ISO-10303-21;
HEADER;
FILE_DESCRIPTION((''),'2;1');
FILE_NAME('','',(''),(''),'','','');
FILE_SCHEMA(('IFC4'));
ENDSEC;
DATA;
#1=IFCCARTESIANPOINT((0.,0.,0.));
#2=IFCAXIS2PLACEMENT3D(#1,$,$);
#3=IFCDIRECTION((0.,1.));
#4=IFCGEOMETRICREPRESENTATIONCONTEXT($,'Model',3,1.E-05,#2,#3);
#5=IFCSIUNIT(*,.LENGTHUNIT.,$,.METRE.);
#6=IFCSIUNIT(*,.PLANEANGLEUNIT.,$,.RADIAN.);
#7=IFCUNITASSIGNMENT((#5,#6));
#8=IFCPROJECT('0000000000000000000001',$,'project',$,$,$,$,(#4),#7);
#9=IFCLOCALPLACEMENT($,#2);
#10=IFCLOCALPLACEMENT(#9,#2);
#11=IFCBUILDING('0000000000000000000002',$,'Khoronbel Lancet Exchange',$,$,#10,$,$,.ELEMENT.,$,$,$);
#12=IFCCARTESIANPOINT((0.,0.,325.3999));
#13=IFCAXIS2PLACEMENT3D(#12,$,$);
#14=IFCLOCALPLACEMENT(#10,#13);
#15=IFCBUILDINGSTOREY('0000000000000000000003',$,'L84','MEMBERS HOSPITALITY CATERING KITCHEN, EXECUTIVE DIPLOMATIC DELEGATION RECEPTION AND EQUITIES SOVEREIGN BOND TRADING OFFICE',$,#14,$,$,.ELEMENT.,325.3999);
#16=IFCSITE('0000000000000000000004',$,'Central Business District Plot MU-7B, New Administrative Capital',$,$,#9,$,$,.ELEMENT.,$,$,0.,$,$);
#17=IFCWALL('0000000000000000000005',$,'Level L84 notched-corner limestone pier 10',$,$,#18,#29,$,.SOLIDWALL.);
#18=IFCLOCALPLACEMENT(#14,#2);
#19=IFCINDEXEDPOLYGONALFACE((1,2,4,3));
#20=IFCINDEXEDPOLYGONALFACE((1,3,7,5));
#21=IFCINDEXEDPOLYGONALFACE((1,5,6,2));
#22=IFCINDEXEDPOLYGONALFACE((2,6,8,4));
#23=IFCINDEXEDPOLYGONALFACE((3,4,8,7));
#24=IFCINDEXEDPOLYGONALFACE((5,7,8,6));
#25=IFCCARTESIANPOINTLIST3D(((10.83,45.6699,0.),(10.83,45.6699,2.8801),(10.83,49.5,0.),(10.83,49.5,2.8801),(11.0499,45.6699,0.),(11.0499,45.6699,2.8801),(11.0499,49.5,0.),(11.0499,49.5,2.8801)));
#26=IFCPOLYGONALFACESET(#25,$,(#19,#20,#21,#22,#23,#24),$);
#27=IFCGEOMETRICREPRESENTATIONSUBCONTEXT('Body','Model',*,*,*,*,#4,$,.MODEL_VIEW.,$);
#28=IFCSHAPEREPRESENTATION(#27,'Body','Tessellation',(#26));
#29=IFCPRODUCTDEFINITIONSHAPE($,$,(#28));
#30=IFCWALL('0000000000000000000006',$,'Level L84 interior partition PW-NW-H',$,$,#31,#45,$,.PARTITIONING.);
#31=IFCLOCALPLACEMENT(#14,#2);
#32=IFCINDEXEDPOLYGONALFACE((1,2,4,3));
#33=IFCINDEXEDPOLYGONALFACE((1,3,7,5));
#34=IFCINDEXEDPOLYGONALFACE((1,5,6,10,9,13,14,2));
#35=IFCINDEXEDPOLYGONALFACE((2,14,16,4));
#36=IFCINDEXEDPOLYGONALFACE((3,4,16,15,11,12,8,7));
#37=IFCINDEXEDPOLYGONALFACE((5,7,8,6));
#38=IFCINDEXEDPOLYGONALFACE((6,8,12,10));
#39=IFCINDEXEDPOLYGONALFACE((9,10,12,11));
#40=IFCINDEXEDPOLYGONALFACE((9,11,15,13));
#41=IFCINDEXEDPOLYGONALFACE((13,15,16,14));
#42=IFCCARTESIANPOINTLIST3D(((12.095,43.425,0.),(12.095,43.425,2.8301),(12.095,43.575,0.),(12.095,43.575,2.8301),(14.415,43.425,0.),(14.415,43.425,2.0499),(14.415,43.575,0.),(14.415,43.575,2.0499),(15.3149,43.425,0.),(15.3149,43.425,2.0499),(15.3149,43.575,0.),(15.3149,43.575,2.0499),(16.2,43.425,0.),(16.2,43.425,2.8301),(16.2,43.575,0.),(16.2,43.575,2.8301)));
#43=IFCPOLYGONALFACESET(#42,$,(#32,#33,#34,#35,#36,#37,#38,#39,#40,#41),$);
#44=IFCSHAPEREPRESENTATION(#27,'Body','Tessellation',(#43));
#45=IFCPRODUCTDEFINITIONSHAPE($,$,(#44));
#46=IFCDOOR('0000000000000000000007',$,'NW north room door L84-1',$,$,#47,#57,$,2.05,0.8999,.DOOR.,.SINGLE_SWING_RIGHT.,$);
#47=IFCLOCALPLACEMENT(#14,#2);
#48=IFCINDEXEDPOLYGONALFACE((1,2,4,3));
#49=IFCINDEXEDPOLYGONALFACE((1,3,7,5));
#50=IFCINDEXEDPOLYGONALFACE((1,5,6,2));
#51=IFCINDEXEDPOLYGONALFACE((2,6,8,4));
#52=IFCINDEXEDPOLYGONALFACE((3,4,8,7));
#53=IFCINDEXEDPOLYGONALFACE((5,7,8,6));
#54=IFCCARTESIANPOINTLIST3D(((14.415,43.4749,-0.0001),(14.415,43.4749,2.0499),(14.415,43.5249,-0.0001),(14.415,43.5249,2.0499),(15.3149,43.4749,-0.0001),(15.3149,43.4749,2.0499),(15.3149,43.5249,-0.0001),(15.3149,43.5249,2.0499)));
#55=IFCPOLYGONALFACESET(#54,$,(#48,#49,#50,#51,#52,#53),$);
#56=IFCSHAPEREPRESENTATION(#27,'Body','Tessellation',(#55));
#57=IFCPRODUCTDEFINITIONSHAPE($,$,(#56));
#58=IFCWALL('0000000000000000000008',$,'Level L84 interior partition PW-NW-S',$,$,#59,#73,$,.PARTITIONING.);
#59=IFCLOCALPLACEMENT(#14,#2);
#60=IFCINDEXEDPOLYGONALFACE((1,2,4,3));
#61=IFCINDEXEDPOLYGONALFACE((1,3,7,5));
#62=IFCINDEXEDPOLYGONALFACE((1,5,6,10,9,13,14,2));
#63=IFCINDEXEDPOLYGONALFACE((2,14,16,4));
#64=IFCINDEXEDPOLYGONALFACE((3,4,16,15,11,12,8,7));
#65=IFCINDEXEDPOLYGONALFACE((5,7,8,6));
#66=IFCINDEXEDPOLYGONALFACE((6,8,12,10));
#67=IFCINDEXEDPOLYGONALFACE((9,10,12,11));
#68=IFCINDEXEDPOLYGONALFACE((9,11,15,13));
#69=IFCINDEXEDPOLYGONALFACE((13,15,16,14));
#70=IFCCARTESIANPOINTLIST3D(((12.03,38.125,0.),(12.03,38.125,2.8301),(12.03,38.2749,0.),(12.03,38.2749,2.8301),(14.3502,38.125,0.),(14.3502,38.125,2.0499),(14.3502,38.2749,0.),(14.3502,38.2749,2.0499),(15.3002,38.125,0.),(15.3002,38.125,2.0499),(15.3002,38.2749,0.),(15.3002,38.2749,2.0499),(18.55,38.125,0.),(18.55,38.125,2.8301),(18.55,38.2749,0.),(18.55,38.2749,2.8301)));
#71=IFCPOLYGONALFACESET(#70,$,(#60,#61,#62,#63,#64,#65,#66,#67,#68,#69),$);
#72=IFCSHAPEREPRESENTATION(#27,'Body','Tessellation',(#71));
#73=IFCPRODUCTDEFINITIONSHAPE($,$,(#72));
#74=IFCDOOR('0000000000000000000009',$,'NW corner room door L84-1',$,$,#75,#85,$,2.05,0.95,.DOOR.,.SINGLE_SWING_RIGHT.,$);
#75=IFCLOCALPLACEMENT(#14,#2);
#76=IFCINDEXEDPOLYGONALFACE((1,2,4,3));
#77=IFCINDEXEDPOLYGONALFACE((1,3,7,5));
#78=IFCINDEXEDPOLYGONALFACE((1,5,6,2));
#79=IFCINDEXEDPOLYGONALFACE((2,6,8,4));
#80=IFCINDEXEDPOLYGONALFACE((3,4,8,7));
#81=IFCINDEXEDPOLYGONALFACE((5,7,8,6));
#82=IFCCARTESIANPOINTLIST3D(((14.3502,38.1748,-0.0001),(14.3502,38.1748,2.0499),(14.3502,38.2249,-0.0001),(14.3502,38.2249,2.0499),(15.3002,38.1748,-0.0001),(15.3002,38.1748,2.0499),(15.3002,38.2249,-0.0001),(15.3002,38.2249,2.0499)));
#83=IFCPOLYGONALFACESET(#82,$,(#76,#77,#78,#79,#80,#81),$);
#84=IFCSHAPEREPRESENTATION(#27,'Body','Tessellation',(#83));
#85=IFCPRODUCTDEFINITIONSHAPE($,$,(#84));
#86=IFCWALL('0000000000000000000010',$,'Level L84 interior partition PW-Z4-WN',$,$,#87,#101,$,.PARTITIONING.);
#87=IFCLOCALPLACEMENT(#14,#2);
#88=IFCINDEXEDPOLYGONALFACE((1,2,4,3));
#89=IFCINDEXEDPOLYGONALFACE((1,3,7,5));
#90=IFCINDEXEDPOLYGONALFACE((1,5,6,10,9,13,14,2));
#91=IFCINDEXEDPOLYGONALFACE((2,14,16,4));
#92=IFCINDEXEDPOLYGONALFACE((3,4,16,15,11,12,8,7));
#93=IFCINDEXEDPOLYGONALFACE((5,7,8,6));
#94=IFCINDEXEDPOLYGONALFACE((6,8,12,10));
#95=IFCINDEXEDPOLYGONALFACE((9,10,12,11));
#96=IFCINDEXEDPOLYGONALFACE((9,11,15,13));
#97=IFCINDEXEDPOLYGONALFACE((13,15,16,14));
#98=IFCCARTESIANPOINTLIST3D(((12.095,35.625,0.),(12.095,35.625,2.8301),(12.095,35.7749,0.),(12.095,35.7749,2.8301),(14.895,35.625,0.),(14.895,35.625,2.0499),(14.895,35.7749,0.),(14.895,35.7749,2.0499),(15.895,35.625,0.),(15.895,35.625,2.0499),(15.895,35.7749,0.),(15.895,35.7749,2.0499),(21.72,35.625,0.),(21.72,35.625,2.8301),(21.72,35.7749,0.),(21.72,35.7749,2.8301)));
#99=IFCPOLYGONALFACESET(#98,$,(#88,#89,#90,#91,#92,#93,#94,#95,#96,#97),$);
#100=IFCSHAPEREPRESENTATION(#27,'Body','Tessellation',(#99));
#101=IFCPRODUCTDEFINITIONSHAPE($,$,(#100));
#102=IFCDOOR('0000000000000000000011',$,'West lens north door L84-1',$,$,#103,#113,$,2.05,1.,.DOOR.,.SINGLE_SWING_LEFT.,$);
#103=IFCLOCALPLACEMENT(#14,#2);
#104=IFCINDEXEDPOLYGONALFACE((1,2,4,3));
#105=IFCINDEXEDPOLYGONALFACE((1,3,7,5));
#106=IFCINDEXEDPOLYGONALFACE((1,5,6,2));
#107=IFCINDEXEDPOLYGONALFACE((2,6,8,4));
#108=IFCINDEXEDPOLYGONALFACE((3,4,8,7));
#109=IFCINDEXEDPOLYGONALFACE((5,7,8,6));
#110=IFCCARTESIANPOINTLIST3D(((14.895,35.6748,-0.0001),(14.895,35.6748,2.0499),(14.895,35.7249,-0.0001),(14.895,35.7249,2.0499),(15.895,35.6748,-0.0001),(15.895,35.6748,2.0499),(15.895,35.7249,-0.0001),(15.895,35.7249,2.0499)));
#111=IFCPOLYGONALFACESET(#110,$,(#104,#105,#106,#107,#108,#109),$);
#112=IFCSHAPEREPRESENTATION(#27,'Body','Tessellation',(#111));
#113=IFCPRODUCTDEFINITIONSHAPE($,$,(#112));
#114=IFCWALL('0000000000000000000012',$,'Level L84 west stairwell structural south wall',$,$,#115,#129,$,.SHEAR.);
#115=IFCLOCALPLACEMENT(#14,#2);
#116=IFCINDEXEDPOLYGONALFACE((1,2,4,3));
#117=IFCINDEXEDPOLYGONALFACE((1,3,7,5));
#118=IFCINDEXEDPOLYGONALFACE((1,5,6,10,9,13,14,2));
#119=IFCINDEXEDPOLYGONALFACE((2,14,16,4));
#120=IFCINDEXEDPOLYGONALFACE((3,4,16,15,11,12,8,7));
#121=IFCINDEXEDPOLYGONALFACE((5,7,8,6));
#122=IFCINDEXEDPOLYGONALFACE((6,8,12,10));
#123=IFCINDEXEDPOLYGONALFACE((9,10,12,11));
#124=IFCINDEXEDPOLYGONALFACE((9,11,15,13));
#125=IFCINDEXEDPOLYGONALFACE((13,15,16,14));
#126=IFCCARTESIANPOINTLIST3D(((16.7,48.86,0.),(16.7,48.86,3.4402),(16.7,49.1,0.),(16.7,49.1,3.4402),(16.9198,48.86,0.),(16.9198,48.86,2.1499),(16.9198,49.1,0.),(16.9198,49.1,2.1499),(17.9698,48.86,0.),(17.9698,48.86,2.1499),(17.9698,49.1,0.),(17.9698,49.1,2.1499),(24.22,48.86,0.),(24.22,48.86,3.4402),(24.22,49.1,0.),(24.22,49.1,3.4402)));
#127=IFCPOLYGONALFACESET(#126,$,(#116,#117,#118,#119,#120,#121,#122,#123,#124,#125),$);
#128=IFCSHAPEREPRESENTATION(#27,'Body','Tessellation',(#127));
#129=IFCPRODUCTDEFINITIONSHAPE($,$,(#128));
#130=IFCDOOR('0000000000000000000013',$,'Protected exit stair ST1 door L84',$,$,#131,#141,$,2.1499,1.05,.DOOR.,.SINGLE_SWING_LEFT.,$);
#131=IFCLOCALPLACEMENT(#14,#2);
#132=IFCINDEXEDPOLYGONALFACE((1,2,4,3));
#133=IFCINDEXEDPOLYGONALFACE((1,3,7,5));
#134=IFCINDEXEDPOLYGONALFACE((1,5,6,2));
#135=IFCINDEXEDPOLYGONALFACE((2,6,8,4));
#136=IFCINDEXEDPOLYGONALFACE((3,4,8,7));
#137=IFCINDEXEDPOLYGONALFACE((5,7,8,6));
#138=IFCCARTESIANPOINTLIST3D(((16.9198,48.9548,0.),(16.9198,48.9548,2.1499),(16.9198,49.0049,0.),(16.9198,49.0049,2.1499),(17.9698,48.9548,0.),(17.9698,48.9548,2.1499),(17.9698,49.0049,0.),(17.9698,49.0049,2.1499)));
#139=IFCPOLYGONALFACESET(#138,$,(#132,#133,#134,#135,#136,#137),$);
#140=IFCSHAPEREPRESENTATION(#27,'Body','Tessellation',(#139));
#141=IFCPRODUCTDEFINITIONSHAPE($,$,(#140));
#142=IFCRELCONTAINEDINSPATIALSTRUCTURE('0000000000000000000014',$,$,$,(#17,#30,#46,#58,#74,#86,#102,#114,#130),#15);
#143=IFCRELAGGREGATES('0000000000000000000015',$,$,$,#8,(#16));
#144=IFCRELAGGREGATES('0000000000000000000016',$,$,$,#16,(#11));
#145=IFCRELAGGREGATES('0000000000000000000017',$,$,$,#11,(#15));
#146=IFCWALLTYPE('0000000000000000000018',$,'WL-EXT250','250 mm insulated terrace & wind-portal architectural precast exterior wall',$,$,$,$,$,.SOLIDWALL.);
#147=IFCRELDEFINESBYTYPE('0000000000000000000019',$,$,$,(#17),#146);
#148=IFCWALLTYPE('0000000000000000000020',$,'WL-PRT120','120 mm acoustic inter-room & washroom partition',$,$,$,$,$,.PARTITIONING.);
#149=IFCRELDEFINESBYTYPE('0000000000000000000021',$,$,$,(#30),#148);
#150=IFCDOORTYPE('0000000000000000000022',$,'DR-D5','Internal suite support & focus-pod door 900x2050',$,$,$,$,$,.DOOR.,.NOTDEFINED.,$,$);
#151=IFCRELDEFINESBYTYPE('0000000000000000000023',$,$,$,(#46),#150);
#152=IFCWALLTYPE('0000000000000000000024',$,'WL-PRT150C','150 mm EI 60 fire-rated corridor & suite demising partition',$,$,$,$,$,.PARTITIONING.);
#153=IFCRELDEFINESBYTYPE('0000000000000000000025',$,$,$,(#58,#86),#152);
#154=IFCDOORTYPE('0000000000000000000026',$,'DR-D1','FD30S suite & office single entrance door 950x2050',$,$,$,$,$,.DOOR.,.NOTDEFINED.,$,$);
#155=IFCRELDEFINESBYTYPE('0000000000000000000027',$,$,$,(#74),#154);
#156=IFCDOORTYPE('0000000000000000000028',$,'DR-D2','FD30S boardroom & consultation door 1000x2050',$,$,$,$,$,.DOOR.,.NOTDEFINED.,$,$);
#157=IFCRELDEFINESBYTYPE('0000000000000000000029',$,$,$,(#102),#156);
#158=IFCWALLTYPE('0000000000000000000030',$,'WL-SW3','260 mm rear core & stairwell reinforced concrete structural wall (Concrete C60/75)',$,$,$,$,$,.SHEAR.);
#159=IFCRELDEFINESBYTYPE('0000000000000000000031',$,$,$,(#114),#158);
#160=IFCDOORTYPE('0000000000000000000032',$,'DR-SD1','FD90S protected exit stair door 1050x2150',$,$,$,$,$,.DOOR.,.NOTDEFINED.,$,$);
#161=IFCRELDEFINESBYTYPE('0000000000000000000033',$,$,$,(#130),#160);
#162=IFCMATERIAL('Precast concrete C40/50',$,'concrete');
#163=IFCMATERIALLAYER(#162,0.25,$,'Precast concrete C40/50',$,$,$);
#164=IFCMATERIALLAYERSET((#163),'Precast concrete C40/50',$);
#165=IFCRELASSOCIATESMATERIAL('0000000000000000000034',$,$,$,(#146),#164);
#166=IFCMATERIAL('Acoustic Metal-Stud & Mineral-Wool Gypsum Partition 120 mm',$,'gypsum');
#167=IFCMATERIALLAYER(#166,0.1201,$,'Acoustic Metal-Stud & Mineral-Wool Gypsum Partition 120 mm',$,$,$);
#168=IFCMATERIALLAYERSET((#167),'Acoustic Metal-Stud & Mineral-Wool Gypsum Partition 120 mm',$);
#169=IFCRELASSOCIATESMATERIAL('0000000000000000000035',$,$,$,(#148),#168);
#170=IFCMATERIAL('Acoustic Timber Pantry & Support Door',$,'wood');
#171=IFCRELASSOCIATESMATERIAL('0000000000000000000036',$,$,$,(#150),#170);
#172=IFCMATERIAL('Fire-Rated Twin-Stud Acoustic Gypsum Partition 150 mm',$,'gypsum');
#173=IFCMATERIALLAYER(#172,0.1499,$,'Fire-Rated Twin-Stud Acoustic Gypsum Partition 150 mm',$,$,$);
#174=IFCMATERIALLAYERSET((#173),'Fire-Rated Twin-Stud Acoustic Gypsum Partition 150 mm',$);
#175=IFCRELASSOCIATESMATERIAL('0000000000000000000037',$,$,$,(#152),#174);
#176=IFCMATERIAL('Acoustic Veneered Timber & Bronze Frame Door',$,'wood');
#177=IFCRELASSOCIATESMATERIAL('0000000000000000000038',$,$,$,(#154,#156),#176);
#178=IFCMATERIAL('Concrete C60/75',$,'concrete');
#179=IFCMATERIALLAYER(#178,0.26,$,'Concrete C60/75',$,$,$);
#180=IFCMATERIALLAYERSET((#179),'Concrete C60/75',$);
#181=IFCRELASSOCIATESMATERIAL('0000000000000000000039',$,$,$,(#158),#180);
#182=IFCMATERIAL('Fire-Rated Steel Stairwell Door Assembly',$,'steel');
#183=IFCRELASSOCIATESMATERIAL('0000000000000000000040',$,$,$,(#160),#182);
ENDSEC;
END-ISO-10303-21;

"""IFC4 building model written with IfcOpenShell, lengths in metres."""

from ifc_helpers import new_model, si_unit, direction, frame, frame_2d, origin, place, context, subcontext, project, spatial, rectangle, extrude, material, layer, layer_set, type_object, element, fill, save


model = new_model("IFC4")

# Units and contexts
model_context = context("Model", 3, precision=1e-05, world=origin(), true_north=direction((0.0, 1.0)))
body_context = subcontext(model_context, "Body", "Model", "MODEL_VIEW")
ifc_project = project(units=[si_unit("LENGTHUNIT", "METRE"), si_unit("PLANEANGLEUNIT", "RADIAN")], contexts=[model_context])

# Site, building, storey
site_placement = place(None, origin())
site = spatial("IfcSite", under=ifc_project, at=site_placement, Name="Central Business District Plot MU-7B, New Administrative Capital", CompositionType="ELEMENT", RefElevation=0.0)
building_placement = place(site_placement, origin())
building = spatial("IfcBuilding", under=site, at=building_placement, Name="Khoronbel Lancet Exchange", CompositionType="ELEMENT")
storey_placement = place(building_placement, frame((0.0, 0.0, 325.3999)))
storey = spatial("IfcBuildingStorey", under=building, at=storey_placement, Name="L84", Description="MEMBERS HOSPITALITY CATERING KITCHEN, EXECUTIVE DIPLOMATIC DELEGATION RECEPTION AND EQUITIES SOVEREIGN BOND TRADING OFFICE", CompositionType="ELEMENT", Elevation=325.3999)

# Wall
ifc_material_1 = material(Name="Concrete C60/75", Category="concrete")
ifc_material_2 = material(Name="Precast concrete C40/50", Category="concrete")
ifc_layer_1 = layer(ifc_material_2, 0.25, Name="Precast concrete C40/50")
ifc_layer_set_1 = layer_set([ifc_layer_1], Name="Precast concrete C40/50")
wall_type_1 = type_object("IfcWallType", Name="WL-EXT250", Description="250 mm insulated terrace & wind-portal architectural precast exterior wall", PredefinedType="SOLIDWALL", material=ifc_layer_set_1)
wall_1_placement = place(storey_placement, frame((10.9399, 45.6699, 0.0), z_axis=(0.0, 0.0, 1.0), x_axis=(0.0, 1.0, 0.0)))
element("IfcWall", 1, at=wall_1_placement, inside=storey, type_object=wall_type_1, Name="Level L84 notched-corner limestone pier 10", PredefinedType="SOLIDWALL", context=body_context, shape_type="SweptSolid", body=[
    extrude(rectangle(XDim=3.8301, YDim=0.22, at=frame_2d((1.915, 0.0))), origin(), (0.0, 0.0, 1.0), 2.8801),
])

# Walls, openings, doors
ifc_material_3 = material(Name="Acoustic Metal-Stud & Mineral-Wool Gypsum Partition 120 mm", Category="gypsum")
ifc_layer_2 = layer(ifc_material_3, 0.1201, Name="Acoustic Metal-Stud & Mineral-Wool Gypsum Partition 120 mm")
ifc_layer_set_2 = layer_set([ifc_layer_2], Name="Acoustic Metal-Stud & Mineral-Wool Gypsum Partition 120 mm")
wall_type_2 = type_object("IfcWallType", Name="WL-PRT120", Description="120 mm acoustic inter-room & washroom partition", PredefinedType="PARTITIONING", material=ifc_layer_set_2)
wall_2_placement = place(storey_placement, frame((12.095, 43.5, 0.0), z_axis=(0.0, 0.0, 1.0), x_axis=(1.0, 0.0, 0.0)))
wall_2 = element("IfcWall", 2, at=wall_2_placement, inside=storey, type_object=wall_type_2, Name="Level L84 interior partition PW-NW-H", PredefinedType="PARTITIONING", context=body_context, shape_type="SweptSolid", body=[
    extrude(rectangle(XDim=4.105, YDim=0.1499, at=frame_2d((2.0525, 0.0))), origin(), (0.0, 0.0, 1.0), 2.8301),
])
opening_1_placement = place(wall_2_placement, frame((2.3201, 0.0, 0.0)))
opening_1 = element("IfcOpeningElement", 3, at=opening_1_placement, cuts=wall_2, PredefinedType="OPENING", context=body_context, shape_type="SweptSolid", body=[
    extrude(rectangle(XDim=0.8999, YDim=2.05, at=frame_2d((0.45, 1.0249))), frame((0.0, 0.085, 0.0), z_axis=(0.0, -1.0, 0.0), x_axis=(1.0, 0.0, 0.0)), (0.0, 0.0, 1.0), 0.1699),
])
ifc_material_4 = material(Name="Acoustic Timber Pantry & Support Door", Category="wood")
door_type_1 = type_object("IfcDoorType", Name="DR-D5", Description="Internal suite support & focus-pod door 900x2050", OperationType="NOTDEFINED", PredefinedType="DOOR", material=ifc_material_4)
door_1_placement = place(opening_1_placement, origin())
door_1 = element("IfcDoor", 4, at=door_1_placement, inside=storey, type_object=door_type_1, Name="NW north room door L84-1", OperationType="SINGLE_SWING_RIGHT", OverallHeight=2.05, OverallWidth=0.8999, PredefinedType="DOOR", context=body_context, shape_type="SweptSolid", body=[
    extrude(rectangle(XDim=0.8999, YDim=2.05, at=frame_2d((0.45, 1.0249))), frame((0.0, 0.0249, 0.0), z_axis=(0.0, -1.0, 0.0), x_axis=(1.0, 0.0, 0.0)), (0.0, 0.0, 1.0), 0.05),
])
fill(opening_1, door_1)
ifc_material_5 = material(Name="Fire-Rated Twin-Stud Acoustic Gypsum Partition 150 mm", Category="gypsum")
ifc_layer_3 = layer(ifc_material_5, 0.1499, Name="Fire-Rated Twin-Stud Acoustic Gypsum Partition 150 mm")
ifc_layer_set_3 = layer_set([ifc_layer_3], Name="Fire-Rated Twin-Stud Acoustic Gypsum Partition 150 mm")
wall_type_3 = type_object("IfcWallType", Name="WL-PRT150C", Description="150 mm EI 60 fire-rated corridor & suite demising partition", PredefinedType="PARTITIONING", material=ifc_layer_set_3)
wall_3_placement = place(storey_placement, frame((12.03, 38.2, 0.0), z_axis=(0.0, 0.0, 1.0), x_axis=(1.0, 0.0, 0.0)))
wall_3 = element("IfcWall", 5, at=wall_3_placement, inside=storey, type_object=wall_type_3, Name="Level L84 interior partition PW-NW-S", PredefinedType="PARTITIONING", context=body_context, shape_type="SweptSolid", body=[
    extrude(rectangle(XDim=6.52, YDim=0.1499, at=frame_2d((3.26, 0.0))), origin(), (0.0, 0.0, 1.0), 2.8301),
])
opening_2_placement = place(wall_3_placement, frame((2.3201, 0.0, 0.0)))
opening_2 = element("IfcOpeningElement", 6, at=opening_2_placement, cuts=wall_3, PredefinedType="OPENING", context=body_context, shape_type="SweptSolid", body=[
    extrude(rectangle(XDim=0.95, YDim=2.05, at=frame_2d((0.4751, 1.0249))), frame((0.0, 0.085, 0.0), z_axis=(0.0, -1.0, 0.0), x_axis=(1.0, 0.0, 0.0)), (0.0, 0.0, 1.0), 0.1699),
])
ifc_material_6 = material(Name="Acoustic Veneered Timber & Bronze Frame Door", Category="wood")
door_type_2 = type_object("IfcDoorType", Name="DR-D1", Description="FD30S suite & office single entrance door 950x2050", OperationType="NOTDEFINED", PredefinedType="DOOR", material=ifc_material_6)
door_2_placement = place(opening_2_placement, origin())
door_2 = element("IfcDoor", 7, at=door_2_placement, inside=storey, type_object=door_type_2, Name="NW corner room door L84-1", OperationType="SINGLE_SWING_RIGHT", OverallHeight=2.05, OverallWidth=0.95, PredefinedType="DOOR", context=body_context, shape_type="SweptSolid", body=[
    extrude(rectangle(XDim=0.95, YDim=2.05, at=frame_2d((0.4751, 1.0249))), frame((0.0, 0.0249, 0.0), z_axis=(0.0, -1.0, 0.0), x_axis=(1.0, 0.0, 0.0)), (0.0, 0.0, 1.0), 0.05),
])
fill(opening_2, door_2)
wall_4_placement = place(storey_placement, frame((12.095, 35.7, 0.0), z_axis=(0.0, 0.0, 1.0), x_axis=(1.0, 0.0, 0.0)))
wall_4 = element("IfcWall", 8, at=wall_4_placement, inside=storey, type_object=wall_type_3, Name="Level L84 interior partition PW-Z4-WN", PredefinedType="PARTITIONING", context=body_context, shape_type="SweptSolid", body=[
    extrude(rectangle(XDim=9.625, YDim=0.1499, at=frame_2d((4.8125, 0.0))), origin(), (0.0, 0.0, 1.0), 2.8301),
])
opening_3_placement = place(wall_4_placement, frame((2.8, 0.0, 0.0)))
opening_3 = element("IfcOpeningElement", 9, at=opening_3_placement, cuts=wall_4, PredefinedType="OPENING", context=body_context, shape_type="SweptSolid", body=[
    extrude(rectangle(XDim=1.0, YDim=2.05, at=frame_2d((0.5, 1.0249))), frame((0.0, 0.085, 0.0), z_axis=(0.0, -1.0, 0.0), x_axis=(1.0, 0.0, 0.0)), (0.0, 0.0, 1.0), 0.1699),
])
door_type_3 = type_object("IfcDoorType", Name="DR-D2", Description="FD30S boardroom & consultation door 1000x2050", OperationType="NOTDEFINED", PredefinedType="DOOR", material=ifc_material_6)
door_3_placement = place(opening_3_placement, origin())
door_3 = element("IfcDoor", 10, at=door_3_placement, inside=storey, type_object=door_type_3, Name="West lens north door L84-1", OperationType="SINGLE_SWING_LEFT", OverallHeight=2.05, OverallWidth=1.0, PredefinedType="DOOR", context=body_context, shape_type="SweptSolid", body=[
    extrude(rectangle(XDim=1.0, YDim=2.05, at=frame_2d((0.5, 1.0249))), frame((0.0, 0.0249, 0.0), z_axis=(0.0, -1.0, 0.0), x_axis=(1.0, 0.0, 0.0)), (0.0, 0.0, 1.0), 0.05),
])
fill(opening_3, door_3)
ifc_layer_4 = layer(ifc_material_1, 0.26, Name="Concrete C60/75")
ifc_layer_set_4 = layer_set([ifc_layer_4], Name="Concrete C60/75")
wall_type_4 = type_object("IfcWallType", Name="WL-SW3", Description="260 mm rear core & stairwell reinforced concrete structural wall (Concrete C60/75)", PredefinedType="SHEAR", material=ifc_layer_set_4)
wall_5_placement = place(storey_placement, frame((16.7, 48.98, 0.0), z_axis=(0.0, 0.0, 1.0), x_axis=(1.0, 0.0, 0.0)))
wall_5 = element("IfcWall", 11, at=wall_5_placement, inside=storey, type_object=wall_type_4, Name="Level L84 west stairwell structural south wall", PredefinedType="SHEAR", context=body_context, shape_type="SweptSolid", body=[
    extrude(rectangle(XDim=7.52, YDim=0.24, at=frame_2d((3.76, 0.0))), origin(), (0.0, 0.0, 1.0), 3.4402),
])
opening_4_placement = place(wall_5_placement, frame((0.22, 0.0, 0.0)))
opening_4 = element("IfcOpeningElement", 12, at=opening_4_placement, cuts=wall_5, PredefinedType="OPENING", context=body_context, shape_type="SweptSolid", body=[
    extrude(rectangle(XDim=1.05, YDim=2.1499, at=frame_2d((0.5249, 1.075))), frame((0.0, 0.1299, 0.0), z_axis=(0.0, -1.0, 0.0), x_axis=(1.0, 0.0, 0.0)), (0.0, 0.0, 1.0), 0.26),
])
ifc_material_7 = material(Name="Fire-Rated Steel Stairwell Door Assembly", Category="steel")
door_type_4 = type_object("IfcDoorType", Name="DR-SD1", Description="FD90S protected exit stair door 1050x2150", OperationType="NOTDEFINED", PredefinedType="DOOR", material=ifc_material_7)
door_4_placement = place(opening_4_placement, origin())
door_4 = element("IfcDoor", 13, at=door_4_placement, inside=storey, type_object=door_type_4, Name="Protected exit stair ST1 door L84", OperationType="SINGLE_SWING_LEFT", OverallHeight=2.1499, OverallWidth=1.05, PredefinedType="DOOR", context=body_context, shape_type="SweptSolid", body=[
    extrude(rectangle(XDim=1.05, YDim=2.1499, at=frame_2d((0.5249, 1.075))), frame((0.0, 0.0249, 0.0), z_axis=(0.0, -1.0, 0.0), x_axis=(1.0, 0.0, 0.0)), (0.0, 0.0, 1.0), 0.05),
])
fill(opening_4, door_4)

save(model, "model.ifc")
